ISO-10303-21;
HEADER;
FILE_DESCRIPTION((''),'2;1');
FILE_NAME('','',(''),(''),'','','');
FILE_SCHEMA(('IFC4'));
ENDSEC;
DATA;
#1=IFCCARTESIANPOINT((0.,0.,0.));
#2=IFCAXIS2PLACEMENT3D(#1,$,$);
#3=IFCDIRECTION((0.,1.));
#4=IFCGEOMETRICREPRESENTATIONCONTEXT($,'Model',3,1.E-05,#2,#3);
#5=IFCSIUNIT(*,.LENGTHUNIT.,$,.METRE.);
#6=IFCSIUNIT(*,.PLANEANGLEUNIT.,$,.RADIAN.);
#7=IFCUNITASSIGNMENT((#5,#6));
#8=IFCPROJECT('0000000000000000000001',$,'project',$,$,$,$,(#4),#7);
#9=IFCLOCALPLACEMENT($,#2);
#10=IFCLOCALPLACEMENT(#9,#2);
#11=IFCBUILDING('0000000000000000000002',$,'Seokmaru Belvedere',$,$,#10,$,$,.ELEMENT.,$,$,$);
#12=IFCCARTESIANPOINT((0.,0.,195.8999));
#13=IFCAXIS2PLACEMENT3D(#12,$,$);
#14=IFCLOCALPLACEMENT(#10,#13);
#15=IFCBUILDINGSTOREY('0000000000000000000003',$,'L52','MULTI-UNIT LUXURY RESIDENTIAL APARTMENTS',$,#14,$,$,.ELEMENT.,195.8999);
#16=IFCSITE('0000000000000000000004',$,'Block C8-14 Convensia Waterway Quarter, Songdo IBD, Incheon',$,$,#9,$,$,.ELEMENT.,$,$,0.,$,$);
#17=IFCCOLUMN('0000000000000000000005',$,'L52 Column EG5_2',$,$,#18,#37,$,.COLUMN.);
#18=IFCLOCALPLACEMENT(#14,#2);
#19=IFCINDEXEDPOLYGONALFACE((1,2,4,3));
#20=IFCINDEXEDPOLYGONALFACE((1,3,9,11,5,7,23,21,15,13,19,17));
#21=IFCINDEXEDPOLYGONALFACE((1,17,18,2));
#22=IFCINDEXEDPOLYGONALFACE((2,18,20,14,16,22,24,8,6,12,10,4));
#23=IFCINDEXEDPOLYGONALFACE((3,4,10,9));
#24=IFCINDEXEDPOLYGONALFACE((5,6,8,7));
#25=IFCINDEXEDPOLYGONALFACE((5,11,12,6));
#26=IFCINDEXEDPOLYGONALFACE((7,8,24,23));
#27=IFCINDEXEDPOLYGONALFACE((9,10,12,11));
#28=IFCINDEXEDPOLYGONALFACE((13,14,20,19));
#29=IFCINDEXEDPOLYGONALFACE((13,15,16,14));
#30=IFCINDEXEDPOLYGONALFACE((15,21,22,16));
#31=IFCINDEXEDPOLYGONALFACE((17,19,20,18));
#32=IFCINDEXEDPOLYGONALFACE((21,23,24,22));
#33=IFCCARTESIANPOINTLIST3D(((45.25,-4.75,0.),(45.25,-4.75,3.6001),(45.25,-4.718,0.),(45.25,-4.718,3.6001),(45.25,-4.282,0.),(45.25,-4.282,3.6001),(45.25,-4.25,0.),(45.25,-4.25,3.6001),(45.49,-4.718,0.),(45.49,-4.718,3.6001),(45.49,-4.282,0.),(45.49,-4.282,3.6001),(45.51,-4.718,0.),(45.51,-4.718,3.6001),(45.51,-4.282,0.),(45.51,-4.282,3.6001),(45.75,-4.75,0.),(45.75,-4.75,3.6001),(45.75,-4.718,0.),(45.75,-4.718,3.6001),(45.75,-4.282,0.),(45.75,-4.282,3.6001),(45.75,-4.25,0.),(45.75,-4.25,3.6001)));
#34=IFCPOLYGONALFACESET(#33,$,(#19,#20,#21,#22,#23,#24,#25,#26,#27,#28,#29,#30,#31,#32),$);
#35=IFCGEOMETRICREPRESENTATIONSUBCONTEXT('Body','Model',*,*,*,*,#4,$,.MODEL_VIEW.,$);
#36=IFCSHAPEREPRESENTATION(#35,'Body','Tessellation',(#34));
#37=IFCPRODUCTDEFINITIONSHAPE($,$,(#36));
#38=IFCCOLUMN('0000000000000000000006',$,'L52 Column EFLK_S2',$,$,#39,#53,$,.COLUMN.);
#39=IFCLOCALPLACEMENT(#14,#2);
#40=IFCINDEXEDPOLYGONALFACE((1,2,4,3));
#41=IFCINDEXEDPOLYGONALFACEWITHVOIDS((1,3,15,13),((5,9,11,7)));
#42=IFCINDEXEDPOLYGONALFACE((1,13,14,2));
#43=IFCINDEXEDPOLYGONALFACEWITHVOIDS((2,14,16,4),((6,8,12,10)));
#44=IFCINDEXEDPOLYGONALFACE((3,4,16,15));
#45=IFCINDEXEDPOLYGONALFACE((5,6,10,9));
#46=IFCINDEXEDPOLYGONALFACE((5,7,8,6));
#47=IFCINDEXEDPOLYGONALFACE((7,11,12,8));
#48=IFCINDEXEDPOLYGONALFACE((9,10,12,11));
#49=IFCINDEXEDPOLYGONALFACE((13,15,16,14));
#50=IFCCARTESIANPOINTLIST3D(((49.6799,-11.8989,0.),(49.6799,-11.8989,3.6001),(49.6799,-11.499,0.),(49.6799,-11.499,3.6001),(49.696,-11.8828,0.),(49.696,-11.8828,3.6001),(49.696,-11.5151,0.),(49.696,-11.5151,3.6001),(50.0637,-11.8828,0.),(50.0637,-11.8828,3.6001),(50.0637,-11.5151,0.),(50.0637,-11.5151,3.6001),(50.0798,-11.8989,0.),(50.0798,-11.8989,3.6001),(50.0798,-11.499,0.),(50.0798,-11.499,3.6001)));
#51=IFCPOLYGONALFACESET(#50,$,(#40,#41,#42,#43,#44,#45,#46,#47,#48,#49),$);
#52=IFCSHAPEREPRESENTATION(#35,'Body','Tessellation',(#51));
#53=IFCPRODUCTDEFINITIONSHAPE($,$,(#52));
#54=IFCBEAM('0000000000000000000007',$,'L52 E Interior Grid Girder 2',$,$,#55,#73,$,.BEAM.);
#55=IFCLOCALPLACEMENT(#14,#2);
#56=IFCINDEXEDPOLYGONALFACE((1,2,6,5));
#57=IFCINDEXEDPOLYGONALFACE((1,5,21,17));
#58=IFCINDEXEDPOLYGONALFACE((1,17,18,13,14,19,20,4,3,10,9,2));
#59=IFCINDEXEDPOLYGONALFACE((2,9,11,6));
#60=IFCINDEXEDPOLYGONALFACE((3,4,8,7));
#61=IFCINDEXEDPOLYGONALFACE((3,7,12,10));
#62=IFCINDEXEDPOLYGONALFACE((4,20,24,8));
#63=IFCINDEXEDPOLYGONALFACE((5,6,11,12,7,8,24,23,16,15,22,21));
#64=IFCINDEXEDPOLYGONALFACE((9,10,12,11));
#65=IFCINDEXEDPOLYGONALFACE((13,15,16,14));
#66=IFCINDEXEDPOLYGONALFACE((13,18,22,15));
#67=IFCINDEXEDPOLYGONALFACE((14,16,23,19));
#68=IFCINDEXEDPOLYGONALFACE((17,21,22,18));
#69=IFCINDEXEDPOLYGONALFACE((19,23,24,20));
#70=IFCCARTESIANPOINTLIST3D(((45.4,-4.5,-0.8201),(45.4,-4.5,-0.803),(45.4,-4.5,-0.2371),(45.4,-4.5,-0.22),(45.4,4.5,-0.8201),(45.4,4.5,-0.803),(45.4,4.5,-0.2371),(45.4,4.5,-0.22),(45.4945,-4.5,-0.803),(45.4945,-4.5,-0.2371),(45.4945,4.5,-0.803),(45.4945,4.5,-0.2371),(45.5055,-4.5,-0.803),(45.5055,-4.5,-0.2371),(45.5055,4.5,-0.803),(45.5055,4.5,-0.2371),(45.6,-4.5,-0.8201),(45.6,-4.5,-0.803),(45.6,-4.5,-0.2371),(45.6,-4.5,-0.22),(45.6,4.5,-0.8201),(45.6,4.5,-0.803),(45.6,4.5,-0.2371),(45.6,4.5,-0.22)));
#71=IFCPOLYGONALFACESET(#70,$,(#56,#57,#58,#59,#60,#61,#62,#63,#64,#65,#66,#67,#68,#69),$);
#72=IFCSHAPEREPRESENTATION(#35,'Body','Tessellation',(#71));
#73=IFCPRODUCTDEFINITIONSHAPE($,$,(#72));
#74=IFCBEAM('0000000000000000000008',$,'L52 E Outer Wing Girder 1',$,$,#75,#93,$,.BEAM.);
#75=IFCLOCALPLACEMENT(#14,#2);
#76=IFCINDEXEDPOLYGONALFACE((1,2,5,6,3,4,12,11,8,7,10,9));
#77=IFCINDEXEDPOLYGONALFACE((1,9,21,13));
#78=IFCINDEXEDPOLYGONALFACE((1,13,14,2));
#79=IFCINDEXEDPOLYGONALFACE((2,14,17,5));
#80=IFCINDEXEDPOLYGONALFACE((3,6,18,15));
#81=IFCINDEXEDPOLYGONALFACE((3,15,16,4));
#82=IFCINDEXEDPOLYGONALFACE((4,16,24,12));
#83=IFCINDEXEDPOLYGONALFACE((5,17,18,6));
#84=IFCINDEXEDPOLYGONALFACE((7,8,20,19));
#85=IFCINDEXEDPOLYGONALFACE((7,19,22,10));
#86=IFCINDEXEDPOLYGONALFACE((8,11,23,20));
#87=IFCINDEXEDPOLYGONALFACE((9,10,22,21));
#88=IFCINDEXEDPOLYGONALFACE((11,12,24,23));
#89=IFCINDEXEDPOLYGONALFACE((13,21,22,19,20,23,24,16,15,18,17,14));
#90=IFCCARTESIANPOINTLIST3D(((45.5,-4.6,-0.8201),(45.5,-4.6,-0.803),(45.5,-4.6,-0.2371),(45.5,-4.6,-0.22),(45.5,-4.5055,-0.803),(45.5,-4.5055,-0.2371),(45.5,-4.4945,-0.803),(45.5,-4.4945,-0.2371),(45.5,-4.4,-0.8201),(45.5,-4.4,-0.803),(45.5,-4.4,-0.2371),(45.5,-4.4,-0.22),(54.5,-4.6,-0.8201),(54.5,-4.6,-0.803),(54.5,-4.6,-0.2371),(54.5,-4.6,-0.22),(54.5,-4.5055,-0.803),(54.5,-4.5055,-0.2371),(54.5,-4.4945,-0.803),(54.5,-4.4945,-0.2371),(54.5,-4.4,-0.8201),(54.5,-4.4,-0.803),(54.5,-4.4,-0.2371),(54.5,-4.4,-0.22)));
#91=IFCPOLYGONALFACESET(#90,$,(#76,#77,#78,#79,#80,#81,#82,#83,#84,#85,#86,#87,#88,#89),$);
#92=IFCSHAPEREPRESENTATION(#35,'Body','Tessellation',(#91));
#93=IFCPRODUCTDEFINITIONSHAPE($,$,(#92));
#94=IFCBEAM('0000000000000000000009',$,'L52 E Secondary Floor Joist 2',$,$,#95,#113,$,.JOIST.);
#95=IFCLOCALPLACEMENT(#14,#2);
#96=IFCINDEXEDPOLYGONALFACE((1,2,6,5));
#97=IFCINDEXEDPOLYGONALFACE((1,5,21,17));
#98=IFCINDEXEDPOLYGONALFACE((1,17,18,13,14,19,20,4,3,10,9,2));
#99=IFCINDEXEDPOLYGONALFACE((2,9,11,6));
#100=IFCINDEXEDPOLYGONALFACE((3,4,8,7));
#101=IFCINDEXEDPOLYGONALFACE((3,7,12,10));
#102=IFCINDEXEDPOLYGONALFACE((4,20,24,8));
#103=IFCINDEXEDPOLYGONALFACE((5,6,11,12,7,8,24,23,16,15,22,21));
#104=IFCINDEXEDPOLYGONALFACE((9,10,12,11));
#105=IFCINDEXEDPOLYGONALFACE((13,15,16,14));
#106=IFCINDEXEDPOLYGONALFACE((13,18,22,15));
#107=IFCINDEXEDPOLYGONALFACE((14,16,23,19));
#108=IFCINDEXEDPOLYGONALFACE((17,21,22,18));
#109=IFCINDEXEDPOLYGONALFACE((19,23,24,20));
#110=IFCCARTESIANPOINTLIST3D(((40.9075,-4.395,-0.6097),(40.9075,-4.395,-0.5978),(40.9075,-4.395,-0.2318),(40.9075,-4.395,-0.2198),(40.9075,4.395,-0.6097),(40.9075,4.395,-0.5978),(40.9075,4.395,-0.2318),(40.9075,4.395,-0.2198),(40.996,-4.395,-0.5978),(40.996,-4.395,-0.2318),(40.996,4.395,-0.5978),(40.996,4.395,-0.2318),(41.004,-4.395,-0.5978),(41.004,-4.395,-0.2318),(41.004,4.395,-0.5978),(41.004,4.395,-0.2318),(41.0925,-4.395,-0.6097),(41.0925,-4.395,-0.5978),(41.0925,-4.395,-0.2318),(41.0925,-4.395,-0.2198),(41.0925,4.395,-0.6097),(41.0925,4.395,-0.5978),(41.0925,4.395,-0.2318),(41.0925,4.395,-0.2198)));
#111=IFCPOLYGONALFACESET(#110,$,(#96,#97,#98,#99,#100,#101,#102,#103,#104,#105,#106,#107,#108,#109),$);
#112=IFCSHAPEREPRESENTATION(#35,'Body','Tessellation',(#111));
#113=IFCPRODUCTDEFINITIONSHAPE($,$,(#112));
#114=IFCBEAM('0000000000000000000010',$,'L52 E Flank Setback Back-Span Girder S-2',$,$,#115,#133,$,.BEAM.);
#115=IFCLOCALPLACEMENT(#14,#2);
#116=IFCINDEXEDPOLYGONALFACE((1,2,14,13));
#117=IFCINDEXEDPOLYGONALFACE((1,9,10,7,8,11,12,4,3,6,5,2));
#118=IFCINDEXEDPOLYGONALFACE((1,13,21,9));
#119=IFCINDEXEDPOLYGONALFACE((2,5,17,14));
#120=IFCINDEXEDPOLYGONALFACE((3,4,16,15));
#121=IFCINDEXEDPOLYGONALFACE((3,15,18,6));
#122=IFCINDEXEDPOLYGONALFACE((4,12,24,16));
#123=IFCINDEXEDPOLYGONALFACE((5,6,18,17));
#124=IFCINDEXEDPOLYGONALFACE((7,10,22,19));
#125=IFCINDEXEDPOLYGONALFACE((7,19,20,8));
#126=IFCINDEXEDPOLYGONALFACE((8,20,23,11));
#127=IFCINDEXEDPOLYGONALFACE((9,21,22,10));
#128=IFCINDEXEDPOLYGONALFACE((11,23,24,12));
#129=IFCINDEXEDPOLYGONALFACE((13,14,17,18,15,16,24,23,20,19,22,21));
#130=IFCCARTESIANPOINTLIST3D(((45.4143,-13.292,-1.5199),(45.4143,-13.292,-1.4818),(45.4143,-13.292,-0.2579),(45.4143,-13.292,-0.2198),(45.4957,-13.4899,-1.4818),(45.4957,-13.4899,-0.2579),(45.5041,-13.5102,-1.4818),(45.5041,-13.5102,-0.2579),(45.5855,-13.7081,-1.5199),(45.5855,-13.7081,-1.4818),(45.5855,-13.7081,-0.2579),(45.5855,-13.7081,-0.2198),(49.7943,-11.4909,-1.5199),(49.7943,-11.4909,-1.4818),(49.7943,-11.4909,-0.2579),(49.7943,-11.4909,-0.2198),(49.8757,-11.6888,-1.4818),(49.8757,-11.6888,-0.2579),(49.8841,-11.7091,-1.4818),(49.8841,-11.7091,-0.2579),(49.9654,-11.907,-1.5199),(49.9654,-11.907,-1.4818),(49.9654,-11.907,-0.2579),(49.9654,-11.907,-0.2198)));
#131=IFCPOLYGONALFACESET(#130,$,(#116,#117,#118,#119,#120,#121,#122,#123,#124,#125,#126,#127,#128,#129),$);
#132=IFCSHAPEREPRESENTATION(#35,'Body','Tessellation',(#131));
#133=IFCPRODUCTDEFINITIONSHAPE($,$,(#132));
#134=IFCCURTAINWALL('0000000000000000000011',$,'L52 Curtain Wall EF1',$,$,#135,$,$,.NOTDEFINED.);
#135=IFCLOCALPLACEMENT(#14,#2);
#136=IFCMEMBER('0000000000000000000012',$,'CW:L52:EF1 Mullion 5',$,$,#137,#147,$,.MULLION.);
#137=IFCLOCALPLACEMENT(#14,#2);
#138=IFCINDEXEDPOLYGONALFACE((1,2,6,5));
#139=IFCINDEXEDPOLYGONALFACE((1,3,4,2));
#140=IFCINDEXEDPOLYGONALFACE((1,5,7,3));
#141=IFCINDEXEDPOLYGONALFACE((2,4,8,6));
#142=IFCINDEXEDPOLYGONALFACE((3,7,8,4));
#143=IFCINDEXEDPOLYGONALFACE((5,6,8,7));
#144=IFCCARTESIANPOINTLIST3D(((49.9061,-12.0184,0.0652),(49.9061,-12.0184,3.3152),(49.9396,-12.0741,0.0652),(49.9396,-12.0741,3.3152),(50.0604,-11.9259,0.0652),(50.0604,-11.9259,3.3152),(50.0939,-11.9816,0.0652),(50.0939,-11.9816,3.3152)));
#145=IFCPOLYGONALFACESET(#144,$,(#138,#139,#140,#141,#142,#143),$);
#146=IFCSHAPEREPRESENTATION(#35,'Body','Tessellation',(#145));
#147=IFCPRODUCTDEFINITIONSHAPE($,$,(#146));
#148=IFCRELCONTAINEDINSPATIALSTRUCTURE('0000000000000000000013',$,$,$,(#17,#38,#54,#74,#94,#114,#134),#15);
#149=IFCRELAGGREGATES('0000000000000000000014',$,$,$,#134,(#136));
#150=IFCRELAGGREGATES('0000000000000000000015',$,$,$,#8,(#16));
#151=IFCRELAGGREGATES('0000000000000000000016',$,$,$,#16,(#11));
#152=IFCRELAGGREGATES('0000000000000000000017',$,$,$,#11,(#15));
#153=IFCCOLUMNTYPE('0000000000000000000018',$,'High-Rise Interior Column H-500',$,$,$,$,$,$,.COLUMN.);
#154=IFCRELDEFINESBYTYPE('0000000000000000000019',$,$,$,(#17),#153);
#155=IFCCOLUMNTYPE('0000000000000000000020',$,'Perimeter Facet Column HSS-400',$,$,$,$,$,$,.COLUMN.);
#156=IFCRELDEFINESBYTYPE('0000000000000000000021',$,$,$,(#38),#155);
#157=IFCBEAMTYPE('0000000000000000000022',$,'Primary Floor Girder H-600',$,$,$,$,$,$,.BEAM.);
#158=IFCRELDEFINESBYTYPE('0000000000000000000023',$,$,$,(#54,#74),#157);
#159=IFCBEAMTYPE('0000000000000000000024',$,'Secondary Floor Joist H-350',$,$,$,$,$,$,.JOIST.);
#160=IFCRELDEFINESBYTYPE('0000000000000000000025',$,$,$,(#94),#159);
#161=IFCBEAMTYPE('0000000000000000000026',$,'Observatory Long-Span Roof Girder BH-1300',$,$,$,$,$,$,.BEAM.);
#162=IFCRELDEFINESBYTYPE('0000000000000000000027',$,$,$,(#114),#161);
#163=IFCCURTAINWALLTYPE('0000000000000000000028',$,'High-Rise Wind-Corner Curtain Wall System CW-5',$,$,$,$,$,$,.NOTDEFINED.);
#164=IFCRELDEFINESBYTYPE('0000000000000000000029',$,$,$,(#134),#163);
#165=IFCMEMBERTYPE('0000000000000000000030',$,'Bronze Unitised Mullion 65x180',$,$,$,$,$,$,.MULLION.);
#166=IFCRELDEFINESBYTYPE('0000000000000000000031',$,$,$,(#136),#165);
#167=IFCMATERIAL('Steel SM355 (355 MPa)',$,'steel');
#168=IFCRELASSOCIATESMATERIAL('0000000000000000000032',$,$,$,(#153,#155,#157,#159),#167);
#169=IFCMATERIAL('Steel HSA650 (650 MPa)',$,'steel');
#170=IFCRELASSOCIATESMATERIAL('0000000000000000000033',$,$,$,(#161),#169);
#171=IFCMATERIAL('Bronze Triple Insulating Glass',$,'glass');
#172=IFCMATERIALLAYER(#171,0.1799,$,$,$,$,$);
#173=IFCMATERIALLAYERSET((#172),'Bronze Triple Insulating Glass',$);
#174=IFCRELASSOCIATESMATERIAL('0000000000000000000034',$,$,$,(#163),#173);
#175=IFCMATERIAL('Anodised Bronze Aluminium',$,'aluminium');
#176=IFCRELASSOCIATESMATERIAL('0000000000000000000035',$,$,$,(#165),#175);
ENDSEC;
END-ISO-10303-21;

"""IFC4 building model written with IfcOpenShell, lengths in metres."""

from ifc_helpers import new_model, si_unit, direction, frame, origin, origin_2d, place, context, subcontext, project, spatial, rectangle, hollow_rectangle, i_section, extrude, source, transform, mapped, material, layer, layer_set, material_profile, profile_set, type_object, type_shapes, element, aggregate, save


model = new_model("IFC4")

# Units and contexts
model_context = context("Model", 3, precision=1e-05, world=origin(), true_north=direction((0.0, 1.0)))
body_context = subcontext(model_context, "Body", "Model", "MODEL_VIEW")
ifc_project = project(units=[si_unit("LENGTHUNIT", "METRE"), si_unit("PLANEANGLEUNIT", "RADIAN")], contexts=[model_context])

# Site, building, storey
site_placement = place(None, origin())
site = spatial("IfcSite", under=ifc_project, at=site_placement, Name="Block C8-14 Convensia Waterway Quarter, Songdo IBD, Incheon", CompositionType="ELEMENT", RefElevation=0.0)
building_placement = place(site_placement, origin())
building = spatial("IfcBuilding", under=site, at=building_placement, Name="Seokmaru Belvedere", CompositionType="ELEMENT")
storey_placement = place(building_placement, frame((0.0, 0.0, 195.8999)))
storey = spatial("IfcBuildingStorey", under=building, at=storey_placement, Name="L52", Description="MULTI-UNIT LUXURY RESIDENTIAL APARTMENTS", CompositionType="ELEMENT", Elevation=195.8999)

# Columns
ifc_material_1 = material(Name="Steel SM355 (355 MPa)", Category="steel")
ifc_material_profile_1 = material_profile(ifc_material_1, i_section(OverallWidth=0.5, OverallDepth=0.5, WebThickness=0.02, FlangeThickness=0.032, at=origin_2d()), Name="H-500x500x20x32")
ifc_profile_set_1 = profile_set([ifc_material_profile_1], Name="Steel SM355 (355 MPa)")
column_type_1 = type_object("IfcColumnType", Name="High-Rise Interior Column H-500", PredefinedType="COLUMN", material=ifc_profile_set_1)
shared_shape_1 = source(origin(), body_context, "Body", "SweptSolid", [
    extrude(i_section(OverallWidth=0.5, OverallDepth=0.5, WebThickness=0.02, FlangeThickness=0.032, at=origin_2d()), origin(), (0.0, 0.0, 1.0), 3.6001),
])
type_shapes(column_type_1, [shared_shape_1])
column_1_placement = place(storey_placement, frame((45.5, -4.5, 0.0), z_axis=(0.0, 0.0, 1.0), x_axis=(1.0, 0.0, 0.0)))
element("IfcColumn", 1, at=column_1_placement, inside=storey, type_object=column_type_1, Name="L52 Column EG5_2", PredefinedType="COLUMN", context=body_context, shape_type="MappedRepresentation", body=[
    mapped(shared_shape_1, transform((0.0, 0.0, 0.0), scale=1.0)),
])
ifc_material_profile_2 = material_profile(ifc_material_1, hollow_rectangle(XDim=0.3999, YDim=0.3999, WallThickness=0.0161, at=origin_2d()), Name="HSS-400x400x16")
ifc_profile_set_2 = profile_set([ifc_material_profile_2], Name="Steel SM355 (355 MPa)")
column_type_2 = type_object("IfcColumnType", Name="Perimeter Facet Column HSS-400", PredefinedType="COLUMN", material=ifc_profile_set_2)
shared_shape_2 = source(origin(), body_context, "Body", "SweptSolid", [
    extrude(hollow_rectangle(XDim=0.3999, YDim=0.3999, WallThickness=0.0161, at=origin_2d()), origin(), (0.0, 0.0, 1.0), 3.6001),
])
type_shapes(column_type_2, [shared_shape_2])
column_2_placement = place(storey_placement, frame((49.8799, -11.699, 0.0), z_axis=(0.0, 0.0, 1.0), x_axis=(1.0, 0.0, 0.0)))
element("IfcColumn", 2, at=column_2_placement, inside=storey, type_object=column_type_2, Name="L52 Column EFLK_S2", PredefinedType="COLUMN", context=body_context, shape_type="MappedRepresentation", body=[
    mapped(shared_shape_2, transform((0.0, 0.0, 0.0), scale=1.0)),
])

# Beams
ifc_material_profile_3 = material_profile(ifc_material_1, i_section(OverallWidth=0.2, OverallDepth=0.6001, WebThickness=0.011, FlangeThickness=0.0171, at=origin_2d()), Name="H-600x200x11x17")
ifc_profile_set_3 = profile_set([ifc_material_profile_3], Name="Steel SM355 (355 MPa)")
beam_type_1 = type_object("IfcBeamType", Name="Primary Floor Girder H-600", PredefinedType="BEAM", material=ifc_profile_set_3)
shared_shape_3 = source(origin(), body_context, "Body", "SweptSolid", [
    extrude(i_section(OverallWidth=0.2, OverallDepth=0.6001, WebThickness=0.011, FlangeThickness=0.0171, at=origin_2d()), origin(), (0.0, 0.0, 1.0), 9.0),
])
type_shapes(beam_type_1, [shared_shape_3])
for number, where, z_axis, x_axis, name in (
    (3, (45.5, -4.5, -0.52), (0.0, 1.0, 0.0), (-1.0, 0.0, 0.0), "L52 E Interior Grid Girder 2"),
    (4, (45.5, -4.5, -0.52), (1.0, 0.0, 0.0), (0.0, 1.0, 0.0), "L52 E Outer Wing Girder 1"),
):
    element("IfcBeam", number, at=place(storey_placement, frame(where, z_axis=z_axis, x_axis=x_axis)), inside=storey, type_object=beam_type_1, Name=name, PredefinedType="BEAM", context=body_context, shape_type="MappedRepresentation", body=[
        mapped(shared_shape_3, transform((0.0, 0.0, 0.0), scale=1.0)),
    ])
ifc_material_profile_4 = material_profile(ifc_material_1, i_section(OverallWidth=0.1851, OverallDepth=0.3899, WebThickness=0.0081, FlangeThickness=0.012, at=origin_2d()), Name="H-390x185x8x12")
ifc_profile_set_4 = profile_set([ifc_material_profile_4], Name="Steel SM355 (355 MPa)")
beam_type_2 = type_object("IfcBeamType", Name="Secondary Floor Joist H-350", PredefinedType="JOIST", material=ifc_profile_set_4)
shared_shape_4 = source(origin(), body_context, "Body", "SweptSolid", [
    extrude(i_section(OverallWidth=0.1851, OverallDepth=0.3899, WebThickness=0.0081, FlangeThickness=0.012, at=origin_2d()), origin(), (0.0, 0.0, 1.0), 8.79),
])
type_shapes(beam_type_2, [shared_shape_4])
beam_1_placement = place(storey_placement, frame((41.0, -4.395, -0.4148), z_axis=(0.0, 1.0, 0.0), x_axis=(-1.0, 0.0, 0.0)))
element("IfcBeam", 5, at=beam_1_placement, inside=storey, type_object=beam_type_2, Name="L52 E Secondary Floor Joist 2", PredefinedType="JOIST", context=body_context, shape_type="MappedRepresentation", body=[
    mapped(shared_shape_4, transform((0.0, 0.0, 0.0), scale=1.0)),
])
ifc_material_2 = material(Name="Steel HSA650 (650 MPa)", Category="steel")
ifc_material_profile_5 = material_profile(ifc_material_2, i_section(OverallWidth=0.45, OverallDepth=1.3, WebThickness=0.022, FlangeThickness=0.0381, at=origin_2d()), Name="BH-1300x450x22x38")
ifc_profile_set_5 = profile_set([ifc_material_profile_5], Name="Steel HSA650 (650 MPa)")
beam_type_3 = type_object("IfcBeamType", Name="Observatory Long-Span Roof Girder BH-1300", PredefinedType="BEAM", material=ifc_profile_set_5)
shared_shape_5 = source(origin(), body_context, "Body", "SweptSolid", [
    extrude(i_section(OverallWidth=0.45, OverallDepth=1.3, WebThickness=0.022, FlangeThickness=0.0381, at=origin_2d()), origin(), (0.0, 0.0, 1.0), 4.7358),
])
type_shapes(beam_type_3, [shared_shape_5])
beam_2_placement = place(storey_placement, frame((49.8799, -11.699, -0.8699), z_axis=(-0.924861, -0.380306, 0.0), x_axis=(0.380306, -0.924861, 0.0)))
element("IfcBeam", 6, at=beam_2_placement, inside=storey, type_object=beam_type_3, Name="L52 E Flank Setback Back-Span Girder S-2", PredefinedType="BEAM", context=body_context, shape_type="MappedRepresentation", body=[
    mapped(shared_shape_5, transform((0.0, 0.0, 0.0), scale=1.0)),
])

# Curtain wall, member
ifc_material_3 = material(Name="Bronze Triple Insulating Glass", Category="glass")
ifc_layer_1 = layer(ifc_material_3, 0.1799)
ifc_layer_set_1 = layer_set([ifc_layer_1], Name="Bronze Triple Insulating Glass")
curtain_wall_type = type_object("IfcCurtainWallType", Name="High-Rise Wind-Corner Curtain Wall System CW-5", PredefinedType="NOTDEFINED", material=ifc_layer_set_1)
curtain_wall_placement = place(storey_placement, origin())
curtain_wall = element("IfcCurtainWall", 7, at=curtain_wall_placement, inside=storey, type_object=curtain_wall_type, Name="L52 Curtain Wall EF1", PredefinedType="NOTDEFINED")
ifc_material_4 = material(Name="Anodised Bronze Aluminium", Category="aluminium")
ifc_material_profile_6 = material_profile(ifc_material_4, rectangle(XDim=0.0649, YDim=0.1799, at=origin_2d()), Name="CW-M-65x180")
ifc_profile_set_6 = profile_set([ifc_material_profile_6], Name="Anodised Bronze Aluminium")
member_type = type_object("IfcMemberType", Name="Bronze Unitised Mullion 65x180", PredefinedType="MULLION", material=ifc_profile_set_6)
shared_shape_6 = source(origin(), body_context, "Body", "SweptSolid", [
    extrude(rectangle(XDim=0.0649, YDim=0.1799, at=origin_2d()), origin(), (0.0, 0.0, 1.0), 3.25),
])
type_shapes(member_type, [shared_shape_6])
member_placement = place(storey_placement, frame((50.0, -12.0, 0.0652), z_axis=(0.0, 0.0, 1.0), x_axis=(-0.514495, 0.857493, 0.0)))
member = element("IfcMember", 8, at=member_placement, type_object=member_type, Name="CW:L52:EF1 Mullion 5", PredefinedType="MULLION", context=body_context, shape_type="MappedRepresentation", body=[
    mapped(shared_shape_6, transform((0.0, 0.0, 0.0), scale=1.0)),
])
aggregate(curtain_wall, [member])

save(model, "model.ifc")
